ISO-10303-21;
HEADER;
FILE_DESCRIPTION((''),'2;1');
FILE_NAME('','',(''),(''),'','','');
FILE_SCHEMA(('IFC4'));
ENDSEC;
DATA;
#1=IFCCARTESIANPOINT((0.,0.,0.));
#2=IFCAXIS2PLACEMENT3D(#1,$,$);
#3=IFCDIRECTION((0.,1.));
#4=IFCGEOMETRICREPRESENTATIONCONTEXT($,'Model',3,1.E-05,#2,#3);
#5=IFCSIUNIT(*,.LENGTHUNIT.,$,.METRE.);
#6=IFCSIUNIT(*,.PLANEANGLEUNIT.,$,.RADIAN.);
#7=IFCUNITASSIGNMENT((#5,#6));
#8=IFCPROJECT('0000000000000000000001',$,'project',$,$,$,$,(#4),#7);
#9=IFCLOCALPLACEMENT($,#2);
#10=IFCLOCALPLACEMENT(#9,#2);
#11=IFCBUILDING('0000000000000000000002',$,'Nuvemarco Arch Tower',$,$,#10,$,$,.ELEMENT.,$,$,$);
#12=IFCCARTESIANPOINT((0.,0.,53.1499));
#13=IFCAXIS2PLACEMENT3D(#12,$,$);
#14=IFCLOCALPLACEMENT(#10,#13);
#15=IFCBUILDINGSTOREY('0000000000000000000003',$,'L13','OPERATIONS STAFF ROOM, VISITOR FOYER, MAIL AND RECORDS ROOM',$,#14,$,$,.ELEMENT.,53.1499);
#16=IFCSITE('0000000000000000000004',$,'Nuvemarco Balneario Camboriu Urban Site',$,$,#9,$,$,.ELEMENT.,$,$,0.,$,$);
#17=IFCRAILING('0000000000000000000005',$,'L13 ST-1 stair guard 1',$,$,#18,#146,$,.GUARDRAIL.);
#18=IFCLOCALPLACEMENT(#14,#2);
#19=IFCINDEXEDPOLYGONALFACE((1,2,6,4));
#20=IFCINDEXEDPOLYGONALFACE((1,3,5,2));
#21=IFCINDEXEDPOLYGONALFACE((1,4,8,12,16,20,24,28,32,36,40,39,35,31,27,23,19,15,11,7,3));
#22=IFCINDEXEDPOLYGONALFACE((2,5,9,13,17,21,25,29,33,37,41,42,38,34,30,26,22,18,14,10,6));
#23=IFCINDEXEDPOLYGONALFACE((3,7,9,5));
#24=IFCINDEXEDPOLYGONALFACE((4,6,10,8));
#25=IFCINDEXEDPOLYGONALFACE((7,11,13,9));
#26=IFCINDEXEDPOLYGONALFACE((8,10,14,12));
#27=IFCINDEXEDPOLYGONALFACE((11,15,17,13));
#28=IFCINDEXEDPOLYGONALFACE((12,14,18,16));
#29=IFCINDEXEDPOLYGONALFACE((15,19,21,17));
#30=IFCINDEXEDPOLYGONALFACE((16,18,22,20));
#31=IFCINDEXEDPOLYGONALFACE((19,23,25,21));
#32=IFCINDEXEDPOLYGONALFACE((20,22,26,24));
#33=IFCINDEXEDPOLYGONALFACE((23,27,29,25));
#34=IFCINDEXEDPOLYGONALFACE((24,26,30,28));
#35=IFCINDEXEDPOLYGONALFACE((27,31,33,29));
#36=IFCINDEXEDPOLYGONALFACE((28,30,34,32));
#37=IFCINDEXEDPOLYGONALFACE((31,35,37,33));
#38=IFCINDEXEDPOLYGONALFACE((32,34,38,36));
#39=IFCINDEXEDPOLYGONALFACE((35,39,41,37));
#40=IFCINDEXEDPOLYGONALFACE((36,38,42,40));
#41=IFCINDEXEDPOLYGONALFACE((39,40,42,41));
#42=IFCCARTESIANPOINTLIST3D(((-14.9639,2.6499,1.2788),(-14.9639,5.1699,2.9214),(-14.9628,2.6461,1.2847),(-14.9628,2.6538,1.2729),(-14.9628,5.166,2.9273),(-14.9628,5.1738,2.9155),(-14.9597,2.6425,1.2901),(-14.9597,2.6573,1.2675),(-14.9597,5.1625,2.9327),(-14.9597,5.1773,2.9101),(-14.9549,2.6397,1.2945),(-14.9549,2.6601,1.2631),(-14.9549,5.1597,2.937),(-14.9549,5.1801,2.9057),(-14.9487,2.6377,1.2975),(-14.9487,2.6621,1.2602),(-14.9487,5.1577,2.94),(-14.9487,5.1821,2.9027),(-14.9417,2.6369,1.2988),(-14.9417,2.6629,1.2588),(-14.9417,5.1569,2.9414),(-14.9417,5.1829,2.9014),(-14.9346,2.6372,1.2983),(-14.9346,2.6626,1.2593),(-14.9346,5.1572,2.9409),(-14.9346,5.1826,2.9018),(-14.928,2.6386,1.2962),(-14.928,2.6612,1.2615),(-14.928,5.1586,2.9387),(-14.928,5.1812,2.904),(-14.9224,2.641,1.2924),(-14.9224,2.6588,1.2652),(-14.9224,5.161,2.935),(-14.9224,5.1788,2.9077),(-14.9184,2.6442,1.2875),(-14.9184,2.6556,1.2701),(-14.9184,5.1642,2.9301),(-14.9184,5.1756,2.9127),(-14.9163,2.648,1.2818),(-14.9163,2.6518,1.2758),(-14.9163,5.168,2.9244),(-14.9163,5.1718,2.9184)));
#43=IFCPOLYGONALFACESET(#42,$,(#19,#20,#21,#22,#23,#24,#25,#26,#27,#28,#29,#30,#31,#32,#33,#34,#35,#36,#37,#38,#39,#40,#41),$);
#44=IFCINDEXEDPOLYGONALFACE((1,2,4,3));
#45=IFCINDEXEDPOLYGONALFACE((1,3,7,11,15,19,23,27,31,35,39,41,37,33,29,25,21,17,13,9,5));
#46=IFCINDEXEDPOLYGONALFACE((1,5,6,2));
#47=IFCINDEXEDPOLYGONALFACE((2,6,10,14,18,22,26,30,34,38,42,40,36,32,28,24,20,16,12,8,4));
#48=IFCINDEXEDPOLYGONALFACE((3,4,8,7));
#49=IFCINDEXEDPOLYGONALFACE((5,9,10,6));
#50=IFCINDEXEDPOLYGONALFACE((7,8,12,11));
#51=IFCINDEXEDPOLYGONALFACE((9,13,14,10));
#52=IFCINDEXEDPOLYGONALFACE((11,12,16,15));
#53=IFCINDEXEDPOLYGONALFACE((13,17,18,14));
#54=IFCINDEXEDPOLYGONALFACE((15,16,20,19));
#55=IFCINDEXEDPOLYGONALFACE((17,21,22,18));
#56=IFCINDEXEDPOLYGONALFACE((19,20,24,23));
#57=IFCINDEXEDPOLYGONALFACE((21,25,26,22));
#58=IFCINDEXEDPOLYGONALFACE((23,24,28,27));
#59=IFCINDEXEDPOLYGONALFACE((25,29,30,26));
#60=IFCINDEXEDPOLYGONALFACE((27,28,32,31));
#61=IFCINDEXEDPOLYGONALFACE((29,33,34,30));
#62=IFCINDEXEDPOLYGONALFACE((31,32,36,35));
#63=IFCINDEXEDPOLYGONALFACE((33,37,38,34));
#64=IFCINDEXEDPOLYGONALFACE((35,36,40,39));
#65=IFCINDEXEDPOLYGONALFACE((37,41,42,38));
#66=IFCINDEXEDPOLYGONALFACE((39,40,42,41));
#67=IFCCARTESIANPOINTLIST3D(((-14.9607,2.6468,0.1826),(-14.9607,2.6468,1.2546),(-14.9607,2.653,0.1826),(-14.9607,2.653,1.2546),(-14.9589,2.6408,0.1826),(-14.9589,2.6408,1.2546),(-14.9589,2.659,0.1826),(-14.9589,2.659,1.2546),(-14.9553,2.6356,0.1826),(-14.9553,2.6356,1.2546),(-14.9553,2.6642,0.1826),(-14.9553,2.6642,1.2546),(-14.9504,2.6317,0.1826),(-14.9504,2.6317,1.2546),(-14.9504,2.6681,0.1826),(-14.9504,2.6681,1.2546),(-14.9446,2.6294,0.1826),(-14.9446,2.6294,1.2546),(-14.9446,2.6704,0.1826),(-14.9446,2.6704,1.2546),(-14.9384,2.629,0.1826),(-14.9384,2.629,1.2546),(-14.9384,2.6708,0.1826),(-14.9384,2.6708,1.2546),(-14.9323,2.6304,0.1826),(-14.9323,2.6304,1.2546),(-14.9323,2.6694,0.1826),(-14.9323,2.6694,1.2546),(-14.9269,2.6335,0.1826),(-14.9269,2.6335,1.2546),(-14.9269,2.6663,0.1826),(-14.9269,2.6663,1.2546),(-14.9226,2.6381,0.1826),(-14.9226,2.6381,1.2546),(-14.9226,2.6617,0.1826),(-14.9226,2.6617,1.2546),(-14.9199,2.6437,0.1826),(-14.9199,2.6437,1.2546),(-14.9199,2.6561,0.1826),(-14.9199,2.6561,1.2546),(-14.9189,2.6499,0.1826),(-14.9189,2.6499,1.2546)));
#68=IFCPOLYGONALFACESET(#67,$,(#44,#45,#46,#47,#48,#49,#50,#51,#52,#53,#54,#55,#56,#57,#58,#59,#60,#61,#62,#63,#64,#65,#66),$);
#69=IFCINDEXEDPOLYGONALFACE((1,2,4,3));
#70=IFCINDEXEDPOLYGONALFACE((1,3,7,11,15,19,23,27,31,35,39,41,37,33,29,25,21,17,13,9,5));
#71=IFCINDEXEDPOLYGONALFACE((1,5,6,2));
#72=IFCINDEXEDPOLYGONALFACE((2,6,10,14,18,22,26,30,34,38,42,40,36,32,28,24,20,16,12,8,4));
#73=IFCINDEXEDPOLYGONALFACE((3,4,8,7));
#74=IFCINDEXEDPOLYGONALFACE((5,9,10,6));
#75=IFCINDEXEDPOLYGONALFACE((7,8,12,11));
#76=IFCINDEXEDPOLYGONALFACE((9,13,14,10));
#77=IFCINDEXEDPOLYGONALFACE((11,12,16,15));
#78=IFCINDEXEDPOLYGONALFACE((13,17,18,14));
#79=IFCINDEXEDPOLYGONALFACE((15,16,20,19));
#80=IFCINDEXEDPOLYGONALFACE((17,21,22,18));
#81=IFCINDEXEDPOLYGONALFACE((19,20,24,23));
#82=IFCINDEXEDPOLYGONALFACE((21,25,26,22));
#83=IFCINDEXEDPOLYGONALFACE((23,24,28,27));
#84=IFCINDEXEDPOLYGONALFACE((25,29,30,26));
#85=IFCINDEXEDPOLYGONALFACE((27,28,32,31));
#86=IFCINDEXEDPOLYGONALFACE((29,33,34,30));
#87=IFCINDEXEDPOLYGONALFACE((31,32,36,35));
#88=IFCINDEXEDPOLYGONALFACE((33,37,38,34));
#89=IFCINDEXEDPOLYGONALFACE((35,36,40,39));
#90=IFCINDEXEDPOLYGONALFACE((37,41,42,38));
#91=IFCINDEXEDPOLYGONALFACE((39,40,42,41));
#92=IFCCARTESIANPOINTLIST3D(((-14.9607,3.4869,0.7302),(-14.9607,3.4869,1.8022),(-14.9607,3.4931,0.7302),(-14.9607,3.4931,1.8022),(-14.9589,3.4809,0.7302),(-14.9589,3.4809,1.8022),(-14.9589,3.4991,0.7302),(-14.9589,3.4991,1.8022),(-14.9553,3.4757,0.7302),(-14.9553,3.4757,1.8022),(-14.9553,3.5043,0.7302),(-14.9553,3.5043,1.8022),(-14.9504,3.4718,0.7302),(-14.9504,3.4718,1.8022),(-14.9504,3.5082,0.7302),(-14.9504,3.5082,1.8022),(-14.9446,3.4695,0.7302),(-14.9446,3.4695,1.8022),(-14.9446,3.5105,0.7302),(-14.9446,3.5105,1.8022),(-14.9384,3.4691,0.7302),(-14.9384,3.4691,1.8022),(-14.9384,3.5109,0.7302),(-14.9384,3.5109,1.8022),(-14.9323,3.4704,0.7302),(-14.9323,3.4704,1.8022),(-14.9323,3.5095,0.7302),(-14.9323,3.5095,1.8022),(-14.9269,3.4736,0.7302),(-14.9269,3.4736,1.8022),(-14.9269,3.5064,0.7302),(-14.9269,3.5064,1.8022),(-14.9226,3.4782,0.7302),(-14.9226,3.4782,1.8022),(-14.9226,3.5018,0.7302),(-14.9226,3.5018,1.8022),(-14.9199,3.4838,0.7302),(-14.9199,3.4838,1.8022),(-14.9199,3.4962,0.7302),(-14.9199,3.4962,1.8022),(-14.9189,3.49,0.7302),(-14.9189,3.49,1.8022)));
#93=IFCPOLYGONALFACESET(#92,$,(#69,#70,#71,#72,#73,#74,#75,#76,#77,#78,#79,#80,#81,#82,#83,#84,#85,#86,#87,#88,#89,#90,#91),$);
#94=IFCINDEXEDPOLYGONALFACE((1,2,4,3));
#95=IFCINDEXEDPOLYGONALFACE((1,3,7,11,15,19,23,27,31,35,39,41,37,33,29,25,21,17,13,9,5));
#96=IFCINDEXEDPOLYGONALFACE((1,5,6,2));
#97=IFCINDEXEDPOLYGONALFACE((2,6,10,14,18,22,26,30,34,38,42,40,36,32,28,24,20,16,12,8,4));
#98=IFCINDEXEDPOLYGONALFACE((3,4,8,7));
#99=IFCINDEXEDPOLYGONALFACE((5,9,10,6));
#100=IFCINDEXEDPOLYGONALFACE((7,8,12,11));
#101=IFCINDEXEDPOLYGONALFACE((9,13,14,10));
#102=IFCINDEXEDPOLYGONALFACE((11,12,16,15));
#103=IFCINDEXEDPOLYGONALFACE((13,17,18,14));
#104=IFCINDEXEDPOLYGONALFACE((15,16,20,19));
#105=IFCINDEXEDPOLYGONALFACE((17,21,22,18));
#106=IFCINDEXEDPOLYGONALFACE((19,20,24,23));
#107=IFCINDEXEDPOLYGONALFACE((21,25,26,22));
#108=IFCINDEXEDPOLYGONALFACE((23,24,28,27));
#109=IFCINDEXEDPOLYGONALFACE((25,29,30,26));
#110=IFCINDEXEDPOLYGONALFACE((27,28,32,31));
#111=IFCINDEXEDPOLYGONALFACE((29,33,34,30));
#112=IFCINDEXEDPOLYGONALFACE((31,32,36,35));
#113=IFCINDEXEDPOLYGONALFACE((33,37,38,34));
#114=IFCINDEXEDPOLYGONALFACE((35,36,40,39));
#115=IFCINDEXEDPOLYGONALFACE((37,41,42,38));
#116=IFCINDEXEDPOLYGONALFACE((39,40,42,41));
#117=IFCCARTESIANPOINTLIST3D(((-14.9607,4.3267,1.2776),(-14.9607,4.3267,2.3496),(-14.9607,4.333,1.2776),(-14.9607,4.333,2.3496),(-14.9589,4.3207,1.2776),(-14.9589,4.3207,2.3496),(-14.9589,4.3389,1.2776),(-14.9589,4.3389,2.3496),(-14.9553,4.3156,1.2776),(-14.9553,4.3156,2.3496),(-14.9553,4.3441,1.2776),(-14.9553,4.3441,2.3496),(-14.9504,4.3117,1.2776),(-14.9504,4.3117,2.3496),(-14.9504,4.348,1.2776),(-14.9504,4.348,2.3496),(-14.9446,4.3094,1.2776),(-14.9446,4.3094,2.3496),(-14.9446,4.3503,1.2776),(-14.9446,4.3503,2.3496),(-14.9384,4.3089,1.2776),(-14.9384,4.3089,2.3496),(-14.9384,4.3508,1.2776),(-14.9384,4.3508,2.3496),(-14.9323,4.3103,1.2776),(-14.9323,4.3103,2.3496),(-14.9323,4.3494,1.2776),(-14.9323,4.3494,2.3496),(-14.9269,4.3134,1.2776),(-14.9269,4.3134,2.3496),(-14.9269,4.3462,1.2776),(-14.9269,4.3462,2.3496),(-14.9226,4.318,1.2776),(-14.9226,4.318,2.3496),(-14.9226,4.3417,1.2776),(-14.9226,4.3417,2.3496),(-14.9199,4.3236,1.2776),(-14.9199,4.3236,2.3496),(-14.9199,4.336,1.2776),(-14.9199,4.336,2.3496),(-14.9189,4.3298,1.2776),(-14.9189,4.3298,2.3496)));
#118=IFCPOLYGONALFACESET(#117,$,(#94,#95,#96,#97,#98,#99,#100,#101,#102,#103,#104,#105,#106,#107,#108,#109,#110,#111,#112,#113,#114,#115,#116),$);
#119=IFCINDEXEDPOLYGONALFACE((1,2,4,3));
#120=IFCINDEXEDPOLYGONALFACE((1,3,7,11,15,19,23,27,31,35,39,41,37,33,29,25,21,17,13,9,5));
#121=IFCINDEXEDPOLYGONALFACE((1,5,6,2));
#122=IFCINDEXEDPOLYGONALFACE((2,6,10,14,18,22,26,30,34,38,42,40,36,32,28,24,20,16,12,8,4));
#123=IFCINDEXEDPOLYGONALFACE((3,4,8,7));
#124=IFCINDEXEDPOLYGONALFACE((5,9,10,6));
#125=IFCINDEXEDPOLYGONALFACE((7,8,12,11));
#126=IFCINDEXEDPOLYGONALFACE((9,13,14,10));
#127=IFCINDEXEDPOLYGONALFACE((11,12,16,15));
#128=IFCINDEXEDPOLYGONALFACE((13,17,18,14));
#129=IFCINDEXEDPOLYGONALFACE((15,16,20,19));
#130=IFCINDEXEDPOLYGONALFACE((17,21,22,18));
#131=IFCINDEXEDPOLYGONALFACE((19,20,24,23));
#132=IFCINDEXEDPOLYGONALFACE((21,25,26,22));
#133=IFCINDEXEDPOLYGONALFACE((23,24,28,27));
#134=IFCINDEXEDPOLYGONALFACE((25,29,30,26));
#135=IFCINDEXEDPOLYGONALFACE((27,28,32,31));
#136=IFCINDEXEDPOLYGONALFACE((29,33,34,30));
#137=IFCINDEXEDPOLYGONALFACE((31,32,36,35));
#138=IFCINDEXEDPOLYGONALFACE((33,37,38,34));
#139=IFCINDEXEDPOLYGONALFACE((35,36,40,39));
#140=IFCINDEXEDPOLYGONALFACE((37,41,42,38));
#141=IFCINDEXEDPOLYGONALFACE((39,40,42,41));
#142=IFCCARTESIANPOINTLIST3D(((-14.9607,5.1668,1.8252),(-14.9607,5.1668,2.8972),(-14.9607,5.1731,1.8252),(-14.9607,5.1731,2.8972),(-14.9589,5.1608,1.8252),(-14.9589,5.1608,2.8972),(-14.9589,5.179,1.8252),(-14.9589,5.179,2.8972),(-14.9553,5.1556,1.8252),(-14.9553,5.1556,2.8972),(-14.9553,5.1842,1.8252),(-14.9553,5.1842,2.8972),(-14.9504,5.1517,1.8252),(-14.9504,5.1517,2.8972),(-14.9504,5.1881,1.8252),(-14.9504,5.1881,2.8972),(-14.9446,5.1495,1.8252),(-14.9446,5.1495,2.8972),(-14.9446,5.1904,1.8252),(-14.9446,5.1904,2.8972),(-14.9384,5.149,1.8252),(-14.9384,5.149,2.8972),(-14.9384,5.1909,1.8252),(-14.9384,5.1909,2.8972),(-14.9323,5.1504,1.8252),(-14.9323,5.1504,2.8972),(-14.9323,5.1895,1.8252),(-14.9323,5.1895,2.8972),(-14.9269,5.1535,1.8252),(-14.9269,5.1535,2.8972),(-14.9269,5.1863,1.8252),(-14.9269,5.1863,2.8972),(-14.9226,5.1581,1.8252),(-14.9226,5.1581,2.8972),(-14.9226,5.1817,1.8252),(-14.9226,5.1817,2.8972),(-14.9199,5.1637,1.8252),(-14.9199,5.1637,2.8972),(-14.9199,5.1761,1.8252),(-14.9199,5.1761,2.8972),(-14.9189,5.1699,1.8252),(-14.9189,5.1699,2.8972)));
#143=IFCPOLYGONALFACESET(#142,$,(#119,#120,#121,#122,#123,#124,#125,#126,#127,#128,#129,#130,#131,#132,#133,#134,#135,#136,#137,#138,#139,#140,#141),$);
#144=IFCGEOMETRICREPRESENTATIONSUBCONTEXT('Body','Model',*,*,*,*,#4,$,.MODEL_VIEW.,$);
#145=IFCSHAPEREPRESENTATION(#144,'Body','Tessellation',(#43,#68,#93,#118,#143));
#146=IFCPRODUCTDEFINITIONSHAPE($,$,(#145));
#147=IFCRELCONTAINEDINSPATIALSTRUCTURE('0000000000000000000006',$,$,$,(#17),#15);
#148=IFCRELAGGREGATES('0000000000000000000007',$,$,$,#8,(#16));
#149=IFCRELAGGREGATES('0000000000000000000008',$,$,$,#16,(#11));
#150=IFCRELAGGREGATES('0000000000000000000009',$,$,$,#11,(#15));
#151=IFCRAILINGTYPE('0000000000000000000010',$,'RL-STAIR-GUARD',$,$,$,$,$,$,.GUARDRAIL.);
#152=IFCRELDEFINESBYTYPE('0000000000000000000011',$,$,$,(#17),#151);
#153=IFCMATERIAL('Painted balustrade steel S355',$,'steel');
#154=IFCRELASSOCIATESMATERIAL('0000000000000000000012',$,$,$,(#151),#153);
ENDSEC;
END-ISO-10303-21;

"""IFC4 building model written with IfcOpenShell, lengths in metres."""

from ifc_helpers import new_model, si_unit, direction, frame, origin, origin_2d, place, context, subcontext, project, spatial, circle, extrude, material, type_object, element, save


model = new_model("IFC4")

# Units and contexts
model_context = context("Model", 3, precision=1e-05, world=origin(), true_north=direction((0.0, 1.0)))
body_context = subcontext(model_context, "Body", "Model", "MODEL_VIEW")
ifc_project = project(units=[si_unit("LENGTHUNIT", "METRE"), si_unit("PLANEANGLEUNIT", "RADIAN")], contexts=[model_context])

# Site, building, storey
site_placement = place(None, origin())
site = spatial("IfcSite", under=ifc_project, at=site_placement, Name="Nuvemarco Balneario Camboriu Urban Site", CompositionType="ELEMENT", RefElevation=0.0)
building_placement = place(site_placement, origin())
building = spatial("IfcBuilding", under=site, at=building_placement, Name="Nuvemarco Arch Tower", CompositionType="ELEMENT")
storey_placement = place(building_placement, frame((0.0, 0.0, 53.1499)))
storey = spatial("IfcBuildingStorey", under=building, at=storey_placement, Name="L13", Description="OPERATIONS STAFF ROOM, VISITOR FOYER, MAIL AND RECORDS ROOM", CompositionType="ELEMENT", Elevation=53.1499)

# Railing
ifc_material_1 = material(Name="Painted balustrade steel S355", Category="steel")
railing_type_1 = type_object("IfcRailingType", Name="RL-STAIR-GUARD", PredefinedType="GUARDRAIL", material=ifc_material_1)
railing_1_placement = place(storey_placement, frame((-14.9399, 2.6499, 0.1826)))
element("IfcRailing", 1, at=railing_1_placement, inside=storey, type_object=railing_type_1, Name="L13 ST-1 stair guard 1", PredefinedType="GUARDRAIL", context=body_context, shape_type="SweptSolid", body=[
    extrude(circle(Radius=0.0239, at=origin_2d()), frame((0.0, 0.0, 1.0962), z_axis=(0.0, 0.837749, 0.546055), x_axis=(-1.0, 0.0, 0.0)), (0.0, 0.0, 1.0), 3.0081),
    extrude(circle(Radius=0.021, at=origin_2d()), origin(), (0.0, 0.0, 1.0), 1.072),
    extrude(circle(Radius=0.021, at=origin_2d()), frame((0.0, 0.8401, 0.5476)), (0.0, 0.0, 1.0), 1.072),
    extrude(circle(Radius=0.021, at=origin_2d()), frame((0.0, 1.6799, 1.095)), (0.0, 0.0, 1.0), 1.072),
    extrude(circle(Radius=0.021, at=origin_2d()), frame((0.0, 2.52, 1.6426)), (0.0, 0.0, 1.0), 1.072),
])

save(model, "model.ifc")
